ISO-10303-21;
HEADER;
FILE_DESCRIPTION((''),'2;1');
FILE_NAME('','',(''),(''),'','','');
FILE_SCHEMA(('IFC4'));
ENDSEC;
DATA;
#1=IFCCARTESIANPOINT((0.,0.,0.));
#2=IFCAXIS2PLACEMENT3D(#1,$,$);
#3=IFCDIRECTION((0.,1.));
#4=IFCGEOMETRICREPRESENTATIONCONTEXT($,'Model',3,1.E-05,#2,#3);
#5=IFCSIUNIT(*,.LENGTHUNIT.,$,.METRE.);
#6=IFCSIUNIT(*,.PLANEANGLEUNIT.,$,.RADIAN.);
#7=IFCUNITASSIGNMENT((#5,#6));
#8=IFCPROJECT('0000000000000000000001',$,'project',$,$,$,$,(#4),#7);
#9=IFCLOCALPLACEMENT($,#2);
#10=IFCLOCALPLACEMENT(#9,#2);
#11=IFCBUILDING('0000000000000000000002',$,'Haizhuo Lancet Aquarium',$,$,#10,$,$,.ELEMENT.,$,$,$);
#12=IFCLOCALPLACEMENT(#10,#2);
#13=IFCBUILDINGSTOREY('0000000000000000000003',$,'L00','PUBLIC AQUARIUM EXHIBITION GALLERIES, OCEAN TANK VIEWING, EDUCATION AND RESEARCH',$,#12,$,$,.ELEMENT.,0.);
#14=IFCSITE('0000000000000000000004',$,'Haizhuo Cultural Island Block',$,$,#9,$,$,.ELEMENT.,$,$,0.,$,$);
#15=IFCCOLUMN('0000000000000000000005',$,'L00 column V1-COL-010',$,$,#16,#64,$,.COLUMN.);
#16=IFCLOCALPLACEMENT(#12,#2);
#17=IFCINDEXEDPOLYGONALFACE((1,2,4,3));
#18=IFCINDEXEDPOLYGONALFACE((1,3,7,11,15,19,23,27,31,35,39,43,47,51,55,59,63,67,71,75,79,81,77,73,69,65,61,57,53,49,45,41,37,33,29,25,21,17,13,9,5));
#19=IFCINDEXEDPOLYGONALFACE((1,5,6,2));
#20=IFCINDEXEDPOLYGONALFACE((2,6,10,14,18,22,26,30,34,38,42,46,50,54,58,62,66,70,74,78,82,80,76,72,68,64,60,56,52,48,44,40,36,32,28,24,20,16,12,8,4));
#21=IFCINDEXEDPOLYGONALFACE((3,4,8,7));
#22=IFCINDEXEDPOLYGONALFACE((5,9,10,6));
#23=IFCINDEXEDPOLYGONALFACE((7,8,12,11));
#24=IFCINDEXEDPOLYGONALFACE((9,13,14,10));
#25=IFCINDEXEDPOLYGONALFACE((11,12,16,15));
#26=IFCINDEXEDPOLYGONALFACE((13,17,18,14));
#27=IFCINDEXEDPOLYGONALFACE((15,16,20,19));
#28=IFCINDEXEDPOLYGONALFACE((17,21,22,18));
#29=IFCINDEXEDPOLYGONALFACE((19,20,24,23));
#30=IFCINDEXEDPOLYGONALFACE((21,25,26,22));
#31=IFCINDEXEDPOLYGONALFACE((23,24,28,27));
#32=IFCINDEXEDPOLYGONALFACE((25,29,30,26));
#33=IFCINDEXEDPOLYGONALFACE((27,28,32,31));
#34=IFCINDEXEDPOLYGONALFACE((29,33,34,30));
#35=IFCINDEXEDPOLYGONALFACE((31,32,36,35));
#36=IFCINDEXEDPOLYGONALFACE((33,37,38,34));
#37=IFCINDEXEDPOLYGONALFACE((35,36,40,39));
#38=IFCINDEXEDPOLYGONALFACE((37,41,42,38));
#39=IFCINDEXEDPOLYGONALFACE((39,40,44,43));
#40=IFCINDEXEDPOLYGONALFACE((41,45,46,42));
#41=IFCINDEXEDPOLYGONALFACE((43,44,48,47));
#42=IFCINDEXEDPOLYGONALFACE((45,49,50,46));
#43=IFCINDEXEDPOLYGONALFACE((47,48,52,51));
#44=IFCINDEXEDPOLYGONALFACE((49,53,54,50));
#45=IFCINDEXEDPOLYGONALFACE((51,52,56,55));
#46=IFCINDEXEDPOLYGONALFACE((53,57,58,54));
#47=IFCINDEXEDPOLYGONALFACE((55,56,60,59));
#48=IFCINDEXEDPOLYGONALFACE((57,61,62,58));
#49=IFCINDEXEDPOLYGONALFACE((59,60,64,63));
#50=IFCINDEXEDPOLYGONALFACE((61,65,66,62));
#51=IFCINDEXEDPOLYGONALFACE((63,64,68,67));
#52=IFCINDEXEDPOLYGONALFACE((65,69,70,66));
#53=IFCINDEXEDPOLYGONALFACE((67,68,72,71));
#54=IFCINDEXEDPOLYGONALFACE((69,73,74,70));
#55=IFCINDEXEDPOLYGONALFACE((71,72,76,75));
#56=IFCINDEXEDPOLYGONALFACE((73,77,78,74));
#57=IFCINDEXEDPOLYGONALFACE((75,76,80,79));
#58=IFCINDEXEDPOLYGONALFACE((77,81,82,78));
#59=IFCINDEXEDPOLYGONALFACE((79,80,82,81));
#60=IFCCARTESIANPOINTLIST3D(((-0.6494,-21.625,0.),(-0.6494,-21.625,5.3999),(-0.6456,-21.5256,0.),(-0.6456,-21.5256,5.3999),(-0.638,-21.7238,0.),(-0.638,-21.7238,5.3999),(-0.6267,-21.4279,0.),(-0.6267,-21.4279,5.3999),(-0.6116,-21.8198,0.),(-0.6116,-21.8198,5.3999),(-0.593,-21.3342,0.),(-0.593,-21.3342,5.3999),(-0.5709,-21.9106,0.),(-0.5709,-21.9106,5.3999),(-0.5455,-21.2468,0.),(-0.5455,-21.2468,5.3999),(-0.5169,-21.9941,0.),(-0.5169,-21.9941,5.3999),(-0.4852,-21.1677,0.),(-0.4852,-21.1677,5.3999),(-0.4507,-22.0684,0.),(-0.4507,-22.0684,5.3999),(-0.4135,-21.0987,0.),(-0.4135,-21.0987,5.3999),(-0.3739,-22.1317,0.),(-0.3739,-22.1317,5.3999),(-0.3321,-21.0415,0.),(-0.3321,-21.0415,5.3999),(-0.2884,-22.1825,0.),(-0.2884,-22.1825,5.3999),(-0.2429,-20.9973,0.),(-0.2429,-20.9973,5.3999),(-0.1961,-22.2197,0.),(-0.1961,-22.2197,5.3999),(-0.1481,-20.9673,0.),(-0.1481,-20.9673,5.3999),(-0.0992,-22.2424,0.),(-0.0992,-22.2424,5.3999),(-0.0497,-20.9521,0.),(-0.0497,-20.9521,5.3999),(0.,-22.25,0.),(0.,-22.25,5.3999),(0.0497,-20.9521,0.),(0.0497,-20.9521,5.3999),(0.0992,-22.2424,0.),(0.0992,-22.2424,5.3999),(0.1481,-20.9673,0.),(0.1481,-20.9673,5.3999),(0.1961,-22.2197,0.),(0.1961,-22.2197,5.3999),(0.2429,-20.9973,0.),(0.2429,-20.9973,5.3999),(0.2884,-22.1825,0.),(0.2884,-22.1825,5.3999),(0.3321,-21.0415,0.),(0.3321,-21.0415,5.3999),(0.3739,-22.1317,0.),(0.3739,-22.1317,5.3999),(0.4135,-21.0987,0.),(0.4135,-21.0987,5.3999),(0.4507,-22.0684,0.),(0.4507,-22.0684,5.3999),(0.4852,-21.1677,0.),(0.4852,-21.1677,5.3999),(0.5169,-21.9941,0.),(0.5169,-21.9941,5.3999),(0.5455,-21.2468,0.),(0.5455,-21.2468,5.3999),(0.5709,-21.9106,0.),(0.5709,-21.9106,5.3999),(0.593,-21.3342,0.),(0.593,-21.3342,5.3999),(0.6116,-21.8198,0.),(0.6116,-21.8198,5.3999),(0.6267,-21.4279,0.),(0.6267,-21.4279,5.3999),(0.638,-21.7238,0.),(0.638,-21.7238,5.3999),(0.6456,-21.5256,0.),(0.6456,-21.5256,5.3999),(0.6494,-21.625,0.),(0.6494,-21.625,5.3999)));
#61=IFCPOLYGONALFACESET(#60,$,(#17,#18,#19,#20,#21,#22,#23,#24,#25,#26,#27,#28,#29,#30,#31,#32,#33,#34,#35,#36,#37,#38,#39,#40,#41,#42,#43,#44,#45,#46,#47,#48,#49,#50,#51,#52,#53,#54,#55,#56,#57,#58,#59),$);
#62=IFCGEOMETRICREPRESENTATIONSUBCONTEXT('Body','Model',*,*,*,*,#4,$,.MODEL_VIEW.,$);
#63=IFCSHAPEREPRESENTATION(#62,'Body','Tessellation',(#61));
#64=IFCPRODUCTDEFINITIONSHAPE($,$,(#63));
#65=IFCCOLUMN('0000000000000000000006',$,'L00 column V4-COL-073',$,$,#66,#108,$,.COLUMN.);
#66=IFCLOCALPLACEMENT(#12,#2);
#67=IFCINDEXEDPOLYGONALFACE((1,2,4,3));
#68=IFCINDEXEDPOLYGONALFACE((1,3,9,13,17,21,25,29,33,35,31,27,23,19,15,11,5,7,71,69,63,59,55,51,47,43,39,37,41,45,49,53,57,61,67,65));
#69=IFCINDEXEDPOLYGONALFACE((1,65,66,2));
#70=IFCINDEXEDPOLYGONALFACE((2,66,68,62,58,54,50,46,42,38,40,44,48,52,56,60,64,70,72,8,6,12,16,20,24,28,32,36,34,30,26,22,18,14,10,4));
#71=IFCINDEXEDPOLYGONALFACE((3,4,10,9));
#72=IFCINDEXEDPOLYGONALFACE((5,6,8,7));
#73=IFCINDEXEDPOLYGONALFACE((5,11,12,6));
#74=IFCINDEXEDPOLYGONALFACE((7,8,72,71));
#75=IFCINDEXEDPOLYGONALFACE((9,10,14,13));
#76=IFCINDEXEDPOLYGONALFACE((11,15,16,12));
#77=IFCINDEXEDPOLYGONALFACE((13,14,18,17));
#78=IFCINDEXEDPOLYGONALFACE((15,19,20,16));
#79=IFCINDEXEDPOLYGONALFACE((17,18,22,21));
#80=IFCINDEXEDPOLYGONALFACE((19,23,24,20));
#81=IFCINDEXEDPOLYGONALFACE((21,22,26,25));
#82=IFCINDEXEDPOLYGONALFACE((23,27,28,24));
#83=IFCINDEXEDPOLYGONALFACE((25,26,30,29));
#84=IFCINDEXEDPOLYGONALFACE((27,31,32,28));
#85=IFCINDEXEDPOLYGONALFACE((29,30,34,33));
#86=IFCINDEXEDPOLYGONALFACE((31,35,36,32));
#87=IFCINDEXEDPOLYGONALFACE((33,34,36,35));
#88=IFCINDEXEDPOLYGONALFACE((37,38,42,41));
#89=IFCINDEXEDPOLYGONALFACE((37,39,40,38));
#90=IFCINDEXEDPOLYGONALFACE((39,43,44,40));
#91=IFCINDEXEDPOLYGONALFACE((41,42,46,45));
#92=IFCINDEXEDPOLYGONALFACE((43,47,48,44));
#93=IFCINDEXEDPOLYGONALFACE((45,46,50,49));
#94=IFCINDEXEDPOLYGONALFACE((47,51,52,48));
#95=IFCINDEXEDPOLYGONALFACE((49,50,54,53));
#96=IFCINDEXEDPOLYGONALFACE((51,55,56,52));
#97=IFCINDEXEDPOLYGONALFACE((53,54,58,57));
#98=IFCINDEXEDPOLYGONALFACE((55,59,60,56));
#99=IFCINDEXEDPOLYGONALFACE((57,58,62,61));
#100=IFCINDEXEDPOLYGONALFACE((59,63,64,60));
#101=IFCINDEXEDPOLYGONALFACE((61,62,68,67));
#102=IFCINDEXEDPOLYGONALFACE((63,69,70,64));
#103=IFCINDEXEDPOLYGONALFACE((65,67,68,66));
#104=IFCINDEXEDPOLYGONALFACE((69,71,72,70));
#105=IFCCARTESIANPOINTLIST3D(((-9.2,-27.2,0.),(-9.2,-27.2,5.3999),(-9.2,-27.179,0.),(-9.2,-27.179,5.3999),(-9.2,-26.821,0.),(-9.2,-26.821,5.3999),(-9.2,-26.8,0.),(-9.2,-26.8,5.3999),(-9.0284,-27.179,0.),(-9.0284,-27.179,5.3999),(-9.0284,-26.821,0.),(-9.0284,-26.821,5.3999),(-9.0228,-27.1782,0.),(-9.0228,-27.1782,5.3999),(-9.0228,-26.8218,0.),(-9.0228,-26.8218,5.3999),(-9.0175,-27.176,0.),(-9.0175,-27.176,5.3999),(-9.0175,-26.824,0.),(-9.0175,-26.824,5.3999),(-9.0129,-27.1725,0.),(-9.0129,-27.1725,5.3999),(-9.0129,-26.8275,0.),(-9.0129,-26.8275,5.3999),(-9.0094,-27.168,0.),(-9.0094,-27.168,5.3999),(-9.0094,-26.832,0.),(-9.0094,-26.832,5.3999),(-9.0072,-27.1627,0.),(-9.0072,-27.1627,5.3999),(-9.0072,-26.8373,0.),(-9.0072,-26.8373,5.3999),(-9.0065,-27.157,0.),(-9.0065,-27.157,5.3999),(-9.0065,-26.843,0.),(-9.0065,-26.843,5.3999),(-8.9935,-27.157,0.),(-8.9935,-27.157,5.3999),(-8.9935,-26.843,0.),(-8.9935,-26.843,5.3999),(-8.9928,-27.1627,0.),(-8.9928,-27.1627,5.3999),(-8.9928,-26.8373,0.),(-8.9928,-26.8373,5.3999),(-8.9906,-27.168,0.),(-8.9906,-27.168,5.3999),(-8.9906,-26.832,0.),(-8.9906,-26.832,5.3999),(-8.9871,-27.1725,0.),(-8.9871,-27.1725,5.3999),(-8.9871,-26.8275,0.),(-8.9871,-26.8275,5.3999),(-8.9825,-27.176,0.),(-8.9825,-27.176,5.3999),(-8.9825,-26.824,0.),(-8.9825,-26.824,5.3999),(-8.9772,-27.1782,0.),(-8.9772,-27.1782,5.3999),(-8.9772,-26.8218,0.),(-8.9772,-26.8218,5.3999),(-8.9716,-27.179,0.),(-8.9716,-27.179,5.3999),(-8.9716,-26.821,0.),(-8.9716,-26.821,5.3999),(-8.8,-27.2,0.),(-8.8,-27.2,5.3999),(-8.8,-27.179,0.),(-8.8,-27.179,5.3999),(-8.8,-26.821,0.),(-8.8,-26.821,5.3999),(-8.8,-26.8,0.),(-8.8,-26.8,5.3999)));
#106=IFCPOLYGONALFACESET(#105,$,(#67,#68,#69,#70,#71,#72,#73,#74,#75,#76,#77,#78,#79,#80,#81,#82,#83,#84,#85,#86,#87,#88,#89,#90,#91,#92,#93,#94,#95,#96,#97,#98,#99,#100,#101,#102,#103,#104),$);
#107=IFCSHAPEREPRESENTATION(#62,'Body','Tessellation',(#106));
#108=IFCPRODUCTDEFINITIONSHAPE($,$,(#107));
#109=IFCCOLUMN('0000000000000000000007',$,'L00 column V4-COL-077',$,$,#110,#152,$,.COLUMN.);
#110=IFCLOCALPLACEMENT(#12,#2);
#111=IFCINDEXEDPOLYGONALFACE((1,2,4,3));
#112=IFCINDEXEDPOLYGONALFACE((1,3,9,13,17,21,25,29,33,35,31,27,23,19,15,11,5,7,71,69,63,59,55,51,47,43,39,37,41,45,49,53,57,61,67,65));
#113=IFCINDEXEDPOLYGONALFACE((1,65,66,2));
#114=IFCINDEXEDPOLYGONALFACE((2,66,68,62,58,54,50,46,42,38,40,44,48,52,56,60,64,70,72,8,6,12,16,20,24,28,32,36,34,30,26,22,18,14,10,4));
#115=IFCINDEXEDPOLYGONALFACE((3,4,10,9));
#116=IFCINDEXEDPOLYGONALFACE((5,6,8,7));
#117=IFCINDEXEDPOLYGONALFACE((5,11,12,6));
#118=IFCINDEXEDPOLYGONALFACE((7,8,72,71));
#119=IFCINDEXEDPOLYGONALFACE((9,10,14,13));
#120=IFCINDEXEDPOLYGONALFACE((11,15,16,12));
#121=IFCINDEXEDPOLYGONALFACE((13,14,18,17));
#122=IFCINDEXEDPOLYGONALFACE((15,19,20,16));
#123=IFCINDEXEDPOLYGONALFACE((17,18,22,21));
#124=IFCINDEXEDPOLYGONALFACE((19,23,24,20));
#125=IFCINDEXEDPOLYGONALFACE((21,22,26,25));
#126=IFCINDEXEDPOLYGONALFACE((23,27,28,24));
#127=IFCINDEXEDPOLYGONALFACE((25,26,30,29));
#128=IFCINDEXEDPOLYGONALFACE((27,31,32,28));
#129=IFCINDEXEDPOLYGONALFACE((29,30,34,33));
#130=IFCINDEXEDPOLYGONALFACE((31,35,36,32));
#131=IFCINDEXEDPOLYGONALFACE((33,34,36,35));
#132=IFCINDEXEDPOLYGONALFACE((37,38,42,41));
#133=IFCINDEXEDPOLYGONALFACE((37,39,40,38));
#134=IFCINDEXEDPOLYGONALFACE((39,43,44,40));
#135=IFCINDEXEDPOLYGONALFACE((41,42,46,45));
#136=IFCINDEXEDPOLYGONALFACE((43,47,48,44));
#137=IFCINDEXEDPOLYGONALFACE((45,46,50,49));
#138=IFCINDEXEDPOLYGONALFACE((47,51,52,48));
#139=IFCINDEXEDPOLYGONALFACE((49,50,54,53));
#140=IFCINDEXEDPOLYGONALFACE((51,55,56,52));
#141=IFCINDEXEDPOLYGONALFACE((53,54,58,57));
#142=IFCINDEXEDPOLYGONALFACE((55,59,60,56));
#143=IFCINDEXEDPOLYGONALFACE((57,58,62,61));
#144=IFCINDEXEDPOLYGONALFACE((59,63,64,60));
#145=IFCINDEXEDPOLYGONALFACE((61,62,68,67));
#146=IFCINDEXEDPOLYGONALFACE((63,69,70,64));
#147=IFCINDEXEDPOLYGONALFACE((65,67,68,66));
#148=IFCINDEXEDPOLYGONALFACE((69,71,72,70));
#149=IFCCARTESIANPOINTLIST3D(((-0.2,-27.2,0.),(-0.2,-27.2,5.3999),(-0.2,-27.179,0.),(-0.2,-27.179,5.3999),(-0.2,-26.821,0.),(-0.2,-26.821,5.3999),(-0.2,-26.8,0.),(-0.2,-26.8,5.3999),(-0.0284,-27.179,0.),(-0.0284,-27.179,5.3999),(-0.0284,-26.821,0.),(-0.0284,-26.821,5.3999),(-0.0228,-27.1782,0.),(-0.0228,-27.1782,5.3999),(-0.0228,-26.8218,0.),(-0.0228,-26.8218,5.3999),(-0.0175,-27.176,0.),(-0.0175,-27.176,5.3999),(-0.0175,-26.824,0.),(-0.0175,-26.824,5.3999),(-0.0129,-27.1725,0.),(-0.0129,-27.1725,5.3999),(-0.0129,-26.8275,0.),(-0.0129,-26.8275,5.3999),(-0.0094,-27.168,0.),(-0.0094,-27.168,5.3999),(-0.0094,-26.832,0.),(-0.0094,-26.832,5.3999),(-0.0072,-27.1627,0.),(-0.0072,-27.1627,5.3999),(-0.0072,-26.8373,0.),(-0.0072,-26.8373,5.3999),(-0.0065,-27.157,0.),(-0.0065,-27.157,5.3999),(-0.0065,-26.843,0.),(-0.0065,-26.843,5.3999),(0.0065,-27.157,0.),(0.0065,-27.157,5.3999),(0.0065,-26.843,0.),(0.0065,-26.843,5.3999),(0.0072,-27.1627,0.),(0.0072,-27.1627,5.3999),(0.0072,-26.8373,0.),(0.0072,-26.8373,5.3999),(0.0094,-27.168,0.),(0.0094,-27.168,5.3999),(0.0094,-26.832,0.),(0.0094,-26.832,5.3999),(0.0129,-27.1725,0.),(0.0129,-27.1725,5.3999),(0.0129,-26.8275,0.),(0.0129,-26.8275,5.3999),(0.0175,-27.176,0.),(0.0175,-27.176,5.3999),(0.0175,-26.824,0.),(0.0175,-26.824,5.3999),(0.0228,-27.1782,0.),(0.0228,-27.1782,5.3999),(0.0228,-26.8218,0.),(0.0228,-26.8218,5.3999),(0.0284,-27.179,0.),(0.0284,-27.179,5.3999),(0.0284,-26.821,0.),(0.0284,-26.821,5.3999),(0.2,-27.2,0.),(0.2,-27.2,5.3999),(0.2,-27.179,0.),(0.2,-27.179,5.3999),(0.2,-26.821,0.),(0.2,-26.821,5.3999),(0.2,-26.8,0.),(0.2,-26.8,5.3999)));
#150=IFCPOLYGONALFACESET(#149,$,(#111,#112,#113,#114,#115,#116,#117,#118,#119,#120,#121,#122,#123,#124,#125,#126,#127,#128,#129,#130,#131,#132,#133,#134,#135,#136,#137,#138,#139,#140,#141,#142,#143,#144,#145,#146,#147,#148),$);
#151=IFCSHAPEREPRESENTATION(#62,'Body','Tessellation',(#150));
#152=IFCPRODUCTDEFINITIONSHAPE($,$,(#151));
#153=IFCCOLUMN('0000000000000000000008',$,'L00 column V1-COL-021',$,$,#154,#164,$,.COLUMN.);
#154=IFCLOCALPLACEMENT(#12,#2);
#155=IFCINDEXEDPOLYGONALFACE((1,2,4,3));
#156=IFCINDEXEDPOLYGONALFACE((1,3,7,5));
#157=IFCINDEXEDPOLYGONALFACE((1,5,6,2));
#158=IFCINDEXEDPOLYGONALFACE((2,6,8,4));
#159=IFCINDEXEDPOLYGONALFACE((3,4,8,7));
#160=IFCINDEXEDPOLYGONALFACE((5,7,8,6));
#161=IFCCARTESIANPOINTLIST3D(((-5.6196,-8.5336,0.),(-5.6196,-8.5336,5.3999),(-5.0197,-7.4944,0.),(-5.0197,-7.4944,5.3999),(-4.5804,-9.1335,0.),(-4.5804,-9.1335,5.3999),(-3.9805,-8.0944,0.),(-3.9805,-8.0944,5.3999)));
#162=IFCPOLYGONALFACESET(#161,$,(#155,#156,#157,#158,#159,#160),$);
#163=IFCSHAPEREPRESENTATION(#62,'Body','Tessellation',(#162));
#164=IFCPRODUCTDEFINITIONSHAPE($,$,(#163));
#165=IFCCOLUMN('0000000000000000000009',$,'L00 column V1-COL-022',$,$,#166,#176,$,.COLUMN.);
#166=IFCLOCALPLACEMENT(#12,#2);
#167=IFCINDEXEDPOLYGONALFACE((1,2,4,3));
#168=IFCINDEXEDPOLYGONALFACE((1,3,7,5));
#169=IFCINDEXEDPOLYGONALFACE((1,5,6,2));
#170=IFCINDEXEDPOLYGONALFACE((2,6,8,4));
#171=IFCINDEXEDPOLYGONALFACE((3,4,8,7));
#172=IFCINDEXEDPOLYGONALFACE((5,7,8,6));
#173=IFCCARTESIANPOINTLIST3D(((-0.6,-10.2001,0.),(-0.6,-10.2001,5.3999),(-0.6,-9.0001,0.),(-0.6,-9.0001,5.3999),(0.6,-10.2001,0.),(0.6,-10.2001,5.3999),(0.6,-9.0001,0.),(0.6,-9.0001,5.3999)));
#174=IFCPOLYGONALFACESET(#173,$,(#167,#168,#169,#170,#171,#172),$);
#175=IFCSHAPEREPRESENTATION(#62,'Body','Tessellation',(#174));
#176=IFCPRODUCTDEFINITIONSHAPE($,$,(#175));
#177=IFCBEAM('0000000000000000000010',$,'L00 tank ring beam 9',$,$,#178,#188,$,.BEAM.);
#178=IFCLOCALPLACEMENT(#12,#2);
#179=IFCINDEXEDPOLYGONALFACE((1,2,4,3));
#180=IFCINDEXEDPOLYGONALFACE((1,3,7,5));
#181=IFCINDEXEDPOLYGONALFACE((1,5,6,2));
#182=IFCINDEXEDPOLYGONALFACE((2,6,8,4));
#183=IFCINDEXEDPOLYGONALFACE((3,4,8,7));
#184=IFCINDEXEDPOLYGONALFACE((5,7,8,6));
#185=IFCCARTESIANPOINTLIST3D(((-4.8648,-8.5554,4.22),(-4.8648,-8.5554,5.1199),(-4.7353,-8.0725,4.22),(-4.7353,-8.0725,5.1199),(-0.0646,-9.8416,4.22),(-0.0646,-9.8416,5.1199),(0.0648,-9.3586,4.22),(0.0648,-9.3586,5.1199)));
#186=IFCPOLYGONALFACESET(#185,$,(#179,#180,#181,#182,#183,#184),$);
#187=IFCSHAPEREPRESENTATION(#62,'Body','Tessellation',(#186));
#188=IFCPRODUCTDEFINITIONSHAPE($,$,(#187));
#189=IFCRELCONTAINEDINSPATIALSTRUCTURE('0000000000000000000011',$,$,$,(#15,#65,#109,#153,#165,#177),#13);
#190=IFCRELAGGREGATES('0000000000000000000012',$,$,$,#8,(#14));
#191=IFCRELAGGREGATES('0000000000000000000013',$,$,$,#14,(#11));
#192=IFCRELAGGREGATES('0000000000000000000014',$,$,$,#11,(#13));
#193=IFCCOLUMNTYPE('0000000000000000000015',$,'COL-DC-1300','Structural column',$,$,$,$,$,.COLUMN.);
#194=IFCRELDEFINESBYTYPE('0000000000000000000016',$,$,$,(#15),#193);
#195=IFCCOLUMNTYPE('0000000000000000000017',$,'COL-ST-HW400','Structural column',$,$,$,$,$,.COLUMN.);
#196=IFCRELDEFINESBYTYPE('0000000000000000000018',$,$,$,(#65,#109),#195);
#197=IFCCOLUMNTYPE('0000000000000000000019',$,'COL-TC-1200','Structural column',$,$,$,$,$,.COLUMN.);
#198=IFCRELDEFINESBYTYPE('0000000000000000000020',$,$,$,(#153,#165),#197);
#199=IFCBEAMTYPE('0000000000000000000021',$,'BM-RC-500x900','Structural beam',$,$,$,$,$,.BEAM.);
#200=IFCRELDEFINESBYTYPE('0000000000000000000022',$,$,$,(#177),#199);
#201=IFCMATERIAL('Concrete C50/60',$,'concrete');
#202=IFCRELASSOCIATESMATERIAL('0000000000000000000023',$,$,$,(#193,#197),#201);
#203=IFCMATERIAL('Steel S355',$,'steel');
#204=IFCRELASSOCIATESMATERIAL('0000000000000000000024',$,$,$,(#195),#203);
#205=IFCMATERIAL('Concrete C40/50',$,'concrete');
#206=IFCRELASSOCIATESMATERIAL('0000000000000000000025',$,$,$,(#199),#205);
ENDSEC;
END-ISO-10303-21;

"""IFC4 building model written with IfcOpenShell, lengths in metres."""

from ifc_helpers import new_model, si_unit, direction, frame, origin, origin_2d, place, context, subcontext, project, spatial, rectangle, circle, i_section, extrude, material, material_profile, profile_set, type_object, element, save


model = new_model("IFC4")

# Units and contexts
model_context = context("Model", 3, precision=1e-05, world=origin(), true_north=direction((0.0, 1.0)))
body_context = subcontext(model_context, "Body", "Model", "MODEL_VIEW")
ifc_project = project(units=[si_unit("LENGTHUNIT", "METRE"), si_unit("PLANEANGLEUNIT", "RADIAN")], contexts=[model_context])

# Site, building, storey
site_placement = place(None, origin())
site = spatial("IfcSite", under=ifc_project, at=site_placement, Name="Haizhuo Cultural Island Block", CompositionType="ELEMENT", RefElevation=0.0)
building_placement = place(site_placement, origin())
building = spatial("IfcBuilding", under=site, at=building_placement, Name="Haizhuo Lancet Aquarium", CompositionType="ELEMENT")
storey_placement = place(building_placement, origin())
storey = spatial("IfcBuildingStorey", under=building, at=storey_placement, Name="L00", Description="PUBLIC AQUARIUM EXHIBITION GALLERIES, OCEAN TANK VIEWING, EDUCATION AND RESEARCH", CompositionType="ELEMENT", Elevation=0.0)

# Columns
ifc_material_1 = material(Name="Concrete C50/60", Category="concrete")
ifc_material_profile_1 = material_profile(ifc_material_1, circle(Radius=0.6499, at=origin_2d()), Name="RC-DC 1300")
ifc_profile_set_1 = profile_set([ifc_material_profile_1], Name="Concrete C50/60")
column_type_1 = type_object("IfcColumnType", Name="COL-DC-1300", Description="Structural column", PredefinedType="COLUMN", material=ifc_profile_set_1)
for number, where, z_axis, x_axis, name in (
    (1, (0.0, -21.6001, 0.0), (0.0, 0.0, 1.0), (0.0, -1.0, 0.0), "L00 column V1-COL-010"),
):
    element("IfcColumn", number, at=place(storey_placement, frame(where, z_axis=z_axis, x_axis=x_axis)), inside=storey, type_object=column_type_1, Name=name, PredefinedType="COLUMN", context=body_context, shape_type="SweptSolid", body=[
        extrude(circle(Radius=0.6499, at=origin_2d()), origin(), (0.0, 0.0, 1.0), 5.3999),
    ])
ifc_material_2 = material(Name="Steel S355", Category="steel")
ifc_material_profile_2 = material_profile(ifc_material_2, i_section(OverallWidth=0.3999, OverallDepth=0.3999, WebThickness=0.0129, FlangeThickness=0.021, FilletRadius=0.022, at=origin_2d()), Name="HW 400x400x13x21")
ifc_profile_set_2 = profile_set([ifc_material_profile_2], Name="Steel S355")
column_type_2 = type_object("IfcColumnType", Name="COL-ST-HW400", Description="Structural column", PredefinedType="COLUMN", material=ifc_profile_set_2)
for number, where, z_axis, x_axis, name in (
    (2, (-9.0, -27.0, 0.0), (0.0, 0.0, 1.0), (1.0, 0.0, 0.0), "L00 column V4-COL-073"),
    (3, (0.0, -27.0, 0.0), (0.0, 0.0, 1.0), (1.0, 0.0, 0.0), "L00 column V4-COL-077"),
):
    element("IfcColumn", number, at=place(storey_placement, frame(where, z_axis=z_axis, x_axis=x_axis)), inside=storey, type_object=column_type_2, Name=name, PredefinedType="COLUMN", context=body_context, shape_type="SweptSolid", body=[
        extrude(i_section(OverallWidth=0.3999, OverallDepth=0.3999, WebThickness=0.0129, FlangeThickness=0.021, FilletRadius=0.022, at=origin_2d()), origin(), (0.0, 0.0, 1.0), 5.3999),
    ])
ifc_material_profile_3 = material_profile(ifc_material_1, rectangle(XDim=1.2, YDim=1.2, at=origin_2d()), Name="RC-COL 1200x1200")
ifc_profile_set_3 = profile_set([ifc_material_profile_3], Name="Concrete C50/60")
column_type_3 = type_object("IfcColumnType", Name="COL-TC-1200", Description="Structural column", PredefinedType="COLUMN", material=ifc_profile_set_3)
for number, where, z_axis, x_axis, name in (
    (4, (-4.8, -8.314, 0.0), (0.0, 0.0, 1.0), (-0.5, -0.866025, 0.0), "L00 column V1-COL-021"),
    (5, (0.0, -9.6001, 0.0), (0.0, 0.0, 1.0), (0.0, -1.0, 0.0), "L00 column V1-COL-022"),
):
    element("IfcColumn", number, at=place(storey_placement, frame(where, z_axis=z_axis, x_axis=x_axis)), inside=storey, type_object=column_type_3, Name=name, PredefinedType="COLUMN", context=body_context, shape_type="SweptSolid", body=[
        extrude(rectangle(XDim=1.2, YDim=1.2, at=origin_2d()), origin(), (0.0, 0.0, 1.0), 5.3999),
    ])

# Beam
ifc_material_3 = material(Name="Concrete C40/50", Category="concrete")
ifc_material_profile_4 = material_profile(ifc_material_3, rectangle(XDim=0.5, YDim=0.8999, at=origin_2d()), Name="RC-BM 500x900")
ifc_profile_set_4 = profile_set([ifc_material_profile_4], Name="Concrete C40/50")
beam_type_1 = type_object("IfcBeamType", Name="BM-RC-500x900", Description="Structural beam", PredefinedType="BEAM", material=ifc_profile_set_4)
for number, where, z_axis, x_axis, name in (
    (6, (-4.8, -8.314, 4.6699), (0.965928, -0.258812, 0.0), (0.258812, 0.965928, 0.0), "L00 tank ring beam 9"),
):
    element("IfcBeam", number, at=place(storey_placement, frame(where, z_axis=z_axis, x_axis=x_axis)), inside=storey, type_object=beam_type_1, Name=name, PredefinedType="BEAM", context=body_context, shape_type="SweptSolid", body=[
        extrude(rectangle(XDim=0.5, YDim=0.8999, at=origin_2d()), origin(), (0.0, 0.0, 1.0), 4.9695),
    ])

save(model, "model.ifc")
